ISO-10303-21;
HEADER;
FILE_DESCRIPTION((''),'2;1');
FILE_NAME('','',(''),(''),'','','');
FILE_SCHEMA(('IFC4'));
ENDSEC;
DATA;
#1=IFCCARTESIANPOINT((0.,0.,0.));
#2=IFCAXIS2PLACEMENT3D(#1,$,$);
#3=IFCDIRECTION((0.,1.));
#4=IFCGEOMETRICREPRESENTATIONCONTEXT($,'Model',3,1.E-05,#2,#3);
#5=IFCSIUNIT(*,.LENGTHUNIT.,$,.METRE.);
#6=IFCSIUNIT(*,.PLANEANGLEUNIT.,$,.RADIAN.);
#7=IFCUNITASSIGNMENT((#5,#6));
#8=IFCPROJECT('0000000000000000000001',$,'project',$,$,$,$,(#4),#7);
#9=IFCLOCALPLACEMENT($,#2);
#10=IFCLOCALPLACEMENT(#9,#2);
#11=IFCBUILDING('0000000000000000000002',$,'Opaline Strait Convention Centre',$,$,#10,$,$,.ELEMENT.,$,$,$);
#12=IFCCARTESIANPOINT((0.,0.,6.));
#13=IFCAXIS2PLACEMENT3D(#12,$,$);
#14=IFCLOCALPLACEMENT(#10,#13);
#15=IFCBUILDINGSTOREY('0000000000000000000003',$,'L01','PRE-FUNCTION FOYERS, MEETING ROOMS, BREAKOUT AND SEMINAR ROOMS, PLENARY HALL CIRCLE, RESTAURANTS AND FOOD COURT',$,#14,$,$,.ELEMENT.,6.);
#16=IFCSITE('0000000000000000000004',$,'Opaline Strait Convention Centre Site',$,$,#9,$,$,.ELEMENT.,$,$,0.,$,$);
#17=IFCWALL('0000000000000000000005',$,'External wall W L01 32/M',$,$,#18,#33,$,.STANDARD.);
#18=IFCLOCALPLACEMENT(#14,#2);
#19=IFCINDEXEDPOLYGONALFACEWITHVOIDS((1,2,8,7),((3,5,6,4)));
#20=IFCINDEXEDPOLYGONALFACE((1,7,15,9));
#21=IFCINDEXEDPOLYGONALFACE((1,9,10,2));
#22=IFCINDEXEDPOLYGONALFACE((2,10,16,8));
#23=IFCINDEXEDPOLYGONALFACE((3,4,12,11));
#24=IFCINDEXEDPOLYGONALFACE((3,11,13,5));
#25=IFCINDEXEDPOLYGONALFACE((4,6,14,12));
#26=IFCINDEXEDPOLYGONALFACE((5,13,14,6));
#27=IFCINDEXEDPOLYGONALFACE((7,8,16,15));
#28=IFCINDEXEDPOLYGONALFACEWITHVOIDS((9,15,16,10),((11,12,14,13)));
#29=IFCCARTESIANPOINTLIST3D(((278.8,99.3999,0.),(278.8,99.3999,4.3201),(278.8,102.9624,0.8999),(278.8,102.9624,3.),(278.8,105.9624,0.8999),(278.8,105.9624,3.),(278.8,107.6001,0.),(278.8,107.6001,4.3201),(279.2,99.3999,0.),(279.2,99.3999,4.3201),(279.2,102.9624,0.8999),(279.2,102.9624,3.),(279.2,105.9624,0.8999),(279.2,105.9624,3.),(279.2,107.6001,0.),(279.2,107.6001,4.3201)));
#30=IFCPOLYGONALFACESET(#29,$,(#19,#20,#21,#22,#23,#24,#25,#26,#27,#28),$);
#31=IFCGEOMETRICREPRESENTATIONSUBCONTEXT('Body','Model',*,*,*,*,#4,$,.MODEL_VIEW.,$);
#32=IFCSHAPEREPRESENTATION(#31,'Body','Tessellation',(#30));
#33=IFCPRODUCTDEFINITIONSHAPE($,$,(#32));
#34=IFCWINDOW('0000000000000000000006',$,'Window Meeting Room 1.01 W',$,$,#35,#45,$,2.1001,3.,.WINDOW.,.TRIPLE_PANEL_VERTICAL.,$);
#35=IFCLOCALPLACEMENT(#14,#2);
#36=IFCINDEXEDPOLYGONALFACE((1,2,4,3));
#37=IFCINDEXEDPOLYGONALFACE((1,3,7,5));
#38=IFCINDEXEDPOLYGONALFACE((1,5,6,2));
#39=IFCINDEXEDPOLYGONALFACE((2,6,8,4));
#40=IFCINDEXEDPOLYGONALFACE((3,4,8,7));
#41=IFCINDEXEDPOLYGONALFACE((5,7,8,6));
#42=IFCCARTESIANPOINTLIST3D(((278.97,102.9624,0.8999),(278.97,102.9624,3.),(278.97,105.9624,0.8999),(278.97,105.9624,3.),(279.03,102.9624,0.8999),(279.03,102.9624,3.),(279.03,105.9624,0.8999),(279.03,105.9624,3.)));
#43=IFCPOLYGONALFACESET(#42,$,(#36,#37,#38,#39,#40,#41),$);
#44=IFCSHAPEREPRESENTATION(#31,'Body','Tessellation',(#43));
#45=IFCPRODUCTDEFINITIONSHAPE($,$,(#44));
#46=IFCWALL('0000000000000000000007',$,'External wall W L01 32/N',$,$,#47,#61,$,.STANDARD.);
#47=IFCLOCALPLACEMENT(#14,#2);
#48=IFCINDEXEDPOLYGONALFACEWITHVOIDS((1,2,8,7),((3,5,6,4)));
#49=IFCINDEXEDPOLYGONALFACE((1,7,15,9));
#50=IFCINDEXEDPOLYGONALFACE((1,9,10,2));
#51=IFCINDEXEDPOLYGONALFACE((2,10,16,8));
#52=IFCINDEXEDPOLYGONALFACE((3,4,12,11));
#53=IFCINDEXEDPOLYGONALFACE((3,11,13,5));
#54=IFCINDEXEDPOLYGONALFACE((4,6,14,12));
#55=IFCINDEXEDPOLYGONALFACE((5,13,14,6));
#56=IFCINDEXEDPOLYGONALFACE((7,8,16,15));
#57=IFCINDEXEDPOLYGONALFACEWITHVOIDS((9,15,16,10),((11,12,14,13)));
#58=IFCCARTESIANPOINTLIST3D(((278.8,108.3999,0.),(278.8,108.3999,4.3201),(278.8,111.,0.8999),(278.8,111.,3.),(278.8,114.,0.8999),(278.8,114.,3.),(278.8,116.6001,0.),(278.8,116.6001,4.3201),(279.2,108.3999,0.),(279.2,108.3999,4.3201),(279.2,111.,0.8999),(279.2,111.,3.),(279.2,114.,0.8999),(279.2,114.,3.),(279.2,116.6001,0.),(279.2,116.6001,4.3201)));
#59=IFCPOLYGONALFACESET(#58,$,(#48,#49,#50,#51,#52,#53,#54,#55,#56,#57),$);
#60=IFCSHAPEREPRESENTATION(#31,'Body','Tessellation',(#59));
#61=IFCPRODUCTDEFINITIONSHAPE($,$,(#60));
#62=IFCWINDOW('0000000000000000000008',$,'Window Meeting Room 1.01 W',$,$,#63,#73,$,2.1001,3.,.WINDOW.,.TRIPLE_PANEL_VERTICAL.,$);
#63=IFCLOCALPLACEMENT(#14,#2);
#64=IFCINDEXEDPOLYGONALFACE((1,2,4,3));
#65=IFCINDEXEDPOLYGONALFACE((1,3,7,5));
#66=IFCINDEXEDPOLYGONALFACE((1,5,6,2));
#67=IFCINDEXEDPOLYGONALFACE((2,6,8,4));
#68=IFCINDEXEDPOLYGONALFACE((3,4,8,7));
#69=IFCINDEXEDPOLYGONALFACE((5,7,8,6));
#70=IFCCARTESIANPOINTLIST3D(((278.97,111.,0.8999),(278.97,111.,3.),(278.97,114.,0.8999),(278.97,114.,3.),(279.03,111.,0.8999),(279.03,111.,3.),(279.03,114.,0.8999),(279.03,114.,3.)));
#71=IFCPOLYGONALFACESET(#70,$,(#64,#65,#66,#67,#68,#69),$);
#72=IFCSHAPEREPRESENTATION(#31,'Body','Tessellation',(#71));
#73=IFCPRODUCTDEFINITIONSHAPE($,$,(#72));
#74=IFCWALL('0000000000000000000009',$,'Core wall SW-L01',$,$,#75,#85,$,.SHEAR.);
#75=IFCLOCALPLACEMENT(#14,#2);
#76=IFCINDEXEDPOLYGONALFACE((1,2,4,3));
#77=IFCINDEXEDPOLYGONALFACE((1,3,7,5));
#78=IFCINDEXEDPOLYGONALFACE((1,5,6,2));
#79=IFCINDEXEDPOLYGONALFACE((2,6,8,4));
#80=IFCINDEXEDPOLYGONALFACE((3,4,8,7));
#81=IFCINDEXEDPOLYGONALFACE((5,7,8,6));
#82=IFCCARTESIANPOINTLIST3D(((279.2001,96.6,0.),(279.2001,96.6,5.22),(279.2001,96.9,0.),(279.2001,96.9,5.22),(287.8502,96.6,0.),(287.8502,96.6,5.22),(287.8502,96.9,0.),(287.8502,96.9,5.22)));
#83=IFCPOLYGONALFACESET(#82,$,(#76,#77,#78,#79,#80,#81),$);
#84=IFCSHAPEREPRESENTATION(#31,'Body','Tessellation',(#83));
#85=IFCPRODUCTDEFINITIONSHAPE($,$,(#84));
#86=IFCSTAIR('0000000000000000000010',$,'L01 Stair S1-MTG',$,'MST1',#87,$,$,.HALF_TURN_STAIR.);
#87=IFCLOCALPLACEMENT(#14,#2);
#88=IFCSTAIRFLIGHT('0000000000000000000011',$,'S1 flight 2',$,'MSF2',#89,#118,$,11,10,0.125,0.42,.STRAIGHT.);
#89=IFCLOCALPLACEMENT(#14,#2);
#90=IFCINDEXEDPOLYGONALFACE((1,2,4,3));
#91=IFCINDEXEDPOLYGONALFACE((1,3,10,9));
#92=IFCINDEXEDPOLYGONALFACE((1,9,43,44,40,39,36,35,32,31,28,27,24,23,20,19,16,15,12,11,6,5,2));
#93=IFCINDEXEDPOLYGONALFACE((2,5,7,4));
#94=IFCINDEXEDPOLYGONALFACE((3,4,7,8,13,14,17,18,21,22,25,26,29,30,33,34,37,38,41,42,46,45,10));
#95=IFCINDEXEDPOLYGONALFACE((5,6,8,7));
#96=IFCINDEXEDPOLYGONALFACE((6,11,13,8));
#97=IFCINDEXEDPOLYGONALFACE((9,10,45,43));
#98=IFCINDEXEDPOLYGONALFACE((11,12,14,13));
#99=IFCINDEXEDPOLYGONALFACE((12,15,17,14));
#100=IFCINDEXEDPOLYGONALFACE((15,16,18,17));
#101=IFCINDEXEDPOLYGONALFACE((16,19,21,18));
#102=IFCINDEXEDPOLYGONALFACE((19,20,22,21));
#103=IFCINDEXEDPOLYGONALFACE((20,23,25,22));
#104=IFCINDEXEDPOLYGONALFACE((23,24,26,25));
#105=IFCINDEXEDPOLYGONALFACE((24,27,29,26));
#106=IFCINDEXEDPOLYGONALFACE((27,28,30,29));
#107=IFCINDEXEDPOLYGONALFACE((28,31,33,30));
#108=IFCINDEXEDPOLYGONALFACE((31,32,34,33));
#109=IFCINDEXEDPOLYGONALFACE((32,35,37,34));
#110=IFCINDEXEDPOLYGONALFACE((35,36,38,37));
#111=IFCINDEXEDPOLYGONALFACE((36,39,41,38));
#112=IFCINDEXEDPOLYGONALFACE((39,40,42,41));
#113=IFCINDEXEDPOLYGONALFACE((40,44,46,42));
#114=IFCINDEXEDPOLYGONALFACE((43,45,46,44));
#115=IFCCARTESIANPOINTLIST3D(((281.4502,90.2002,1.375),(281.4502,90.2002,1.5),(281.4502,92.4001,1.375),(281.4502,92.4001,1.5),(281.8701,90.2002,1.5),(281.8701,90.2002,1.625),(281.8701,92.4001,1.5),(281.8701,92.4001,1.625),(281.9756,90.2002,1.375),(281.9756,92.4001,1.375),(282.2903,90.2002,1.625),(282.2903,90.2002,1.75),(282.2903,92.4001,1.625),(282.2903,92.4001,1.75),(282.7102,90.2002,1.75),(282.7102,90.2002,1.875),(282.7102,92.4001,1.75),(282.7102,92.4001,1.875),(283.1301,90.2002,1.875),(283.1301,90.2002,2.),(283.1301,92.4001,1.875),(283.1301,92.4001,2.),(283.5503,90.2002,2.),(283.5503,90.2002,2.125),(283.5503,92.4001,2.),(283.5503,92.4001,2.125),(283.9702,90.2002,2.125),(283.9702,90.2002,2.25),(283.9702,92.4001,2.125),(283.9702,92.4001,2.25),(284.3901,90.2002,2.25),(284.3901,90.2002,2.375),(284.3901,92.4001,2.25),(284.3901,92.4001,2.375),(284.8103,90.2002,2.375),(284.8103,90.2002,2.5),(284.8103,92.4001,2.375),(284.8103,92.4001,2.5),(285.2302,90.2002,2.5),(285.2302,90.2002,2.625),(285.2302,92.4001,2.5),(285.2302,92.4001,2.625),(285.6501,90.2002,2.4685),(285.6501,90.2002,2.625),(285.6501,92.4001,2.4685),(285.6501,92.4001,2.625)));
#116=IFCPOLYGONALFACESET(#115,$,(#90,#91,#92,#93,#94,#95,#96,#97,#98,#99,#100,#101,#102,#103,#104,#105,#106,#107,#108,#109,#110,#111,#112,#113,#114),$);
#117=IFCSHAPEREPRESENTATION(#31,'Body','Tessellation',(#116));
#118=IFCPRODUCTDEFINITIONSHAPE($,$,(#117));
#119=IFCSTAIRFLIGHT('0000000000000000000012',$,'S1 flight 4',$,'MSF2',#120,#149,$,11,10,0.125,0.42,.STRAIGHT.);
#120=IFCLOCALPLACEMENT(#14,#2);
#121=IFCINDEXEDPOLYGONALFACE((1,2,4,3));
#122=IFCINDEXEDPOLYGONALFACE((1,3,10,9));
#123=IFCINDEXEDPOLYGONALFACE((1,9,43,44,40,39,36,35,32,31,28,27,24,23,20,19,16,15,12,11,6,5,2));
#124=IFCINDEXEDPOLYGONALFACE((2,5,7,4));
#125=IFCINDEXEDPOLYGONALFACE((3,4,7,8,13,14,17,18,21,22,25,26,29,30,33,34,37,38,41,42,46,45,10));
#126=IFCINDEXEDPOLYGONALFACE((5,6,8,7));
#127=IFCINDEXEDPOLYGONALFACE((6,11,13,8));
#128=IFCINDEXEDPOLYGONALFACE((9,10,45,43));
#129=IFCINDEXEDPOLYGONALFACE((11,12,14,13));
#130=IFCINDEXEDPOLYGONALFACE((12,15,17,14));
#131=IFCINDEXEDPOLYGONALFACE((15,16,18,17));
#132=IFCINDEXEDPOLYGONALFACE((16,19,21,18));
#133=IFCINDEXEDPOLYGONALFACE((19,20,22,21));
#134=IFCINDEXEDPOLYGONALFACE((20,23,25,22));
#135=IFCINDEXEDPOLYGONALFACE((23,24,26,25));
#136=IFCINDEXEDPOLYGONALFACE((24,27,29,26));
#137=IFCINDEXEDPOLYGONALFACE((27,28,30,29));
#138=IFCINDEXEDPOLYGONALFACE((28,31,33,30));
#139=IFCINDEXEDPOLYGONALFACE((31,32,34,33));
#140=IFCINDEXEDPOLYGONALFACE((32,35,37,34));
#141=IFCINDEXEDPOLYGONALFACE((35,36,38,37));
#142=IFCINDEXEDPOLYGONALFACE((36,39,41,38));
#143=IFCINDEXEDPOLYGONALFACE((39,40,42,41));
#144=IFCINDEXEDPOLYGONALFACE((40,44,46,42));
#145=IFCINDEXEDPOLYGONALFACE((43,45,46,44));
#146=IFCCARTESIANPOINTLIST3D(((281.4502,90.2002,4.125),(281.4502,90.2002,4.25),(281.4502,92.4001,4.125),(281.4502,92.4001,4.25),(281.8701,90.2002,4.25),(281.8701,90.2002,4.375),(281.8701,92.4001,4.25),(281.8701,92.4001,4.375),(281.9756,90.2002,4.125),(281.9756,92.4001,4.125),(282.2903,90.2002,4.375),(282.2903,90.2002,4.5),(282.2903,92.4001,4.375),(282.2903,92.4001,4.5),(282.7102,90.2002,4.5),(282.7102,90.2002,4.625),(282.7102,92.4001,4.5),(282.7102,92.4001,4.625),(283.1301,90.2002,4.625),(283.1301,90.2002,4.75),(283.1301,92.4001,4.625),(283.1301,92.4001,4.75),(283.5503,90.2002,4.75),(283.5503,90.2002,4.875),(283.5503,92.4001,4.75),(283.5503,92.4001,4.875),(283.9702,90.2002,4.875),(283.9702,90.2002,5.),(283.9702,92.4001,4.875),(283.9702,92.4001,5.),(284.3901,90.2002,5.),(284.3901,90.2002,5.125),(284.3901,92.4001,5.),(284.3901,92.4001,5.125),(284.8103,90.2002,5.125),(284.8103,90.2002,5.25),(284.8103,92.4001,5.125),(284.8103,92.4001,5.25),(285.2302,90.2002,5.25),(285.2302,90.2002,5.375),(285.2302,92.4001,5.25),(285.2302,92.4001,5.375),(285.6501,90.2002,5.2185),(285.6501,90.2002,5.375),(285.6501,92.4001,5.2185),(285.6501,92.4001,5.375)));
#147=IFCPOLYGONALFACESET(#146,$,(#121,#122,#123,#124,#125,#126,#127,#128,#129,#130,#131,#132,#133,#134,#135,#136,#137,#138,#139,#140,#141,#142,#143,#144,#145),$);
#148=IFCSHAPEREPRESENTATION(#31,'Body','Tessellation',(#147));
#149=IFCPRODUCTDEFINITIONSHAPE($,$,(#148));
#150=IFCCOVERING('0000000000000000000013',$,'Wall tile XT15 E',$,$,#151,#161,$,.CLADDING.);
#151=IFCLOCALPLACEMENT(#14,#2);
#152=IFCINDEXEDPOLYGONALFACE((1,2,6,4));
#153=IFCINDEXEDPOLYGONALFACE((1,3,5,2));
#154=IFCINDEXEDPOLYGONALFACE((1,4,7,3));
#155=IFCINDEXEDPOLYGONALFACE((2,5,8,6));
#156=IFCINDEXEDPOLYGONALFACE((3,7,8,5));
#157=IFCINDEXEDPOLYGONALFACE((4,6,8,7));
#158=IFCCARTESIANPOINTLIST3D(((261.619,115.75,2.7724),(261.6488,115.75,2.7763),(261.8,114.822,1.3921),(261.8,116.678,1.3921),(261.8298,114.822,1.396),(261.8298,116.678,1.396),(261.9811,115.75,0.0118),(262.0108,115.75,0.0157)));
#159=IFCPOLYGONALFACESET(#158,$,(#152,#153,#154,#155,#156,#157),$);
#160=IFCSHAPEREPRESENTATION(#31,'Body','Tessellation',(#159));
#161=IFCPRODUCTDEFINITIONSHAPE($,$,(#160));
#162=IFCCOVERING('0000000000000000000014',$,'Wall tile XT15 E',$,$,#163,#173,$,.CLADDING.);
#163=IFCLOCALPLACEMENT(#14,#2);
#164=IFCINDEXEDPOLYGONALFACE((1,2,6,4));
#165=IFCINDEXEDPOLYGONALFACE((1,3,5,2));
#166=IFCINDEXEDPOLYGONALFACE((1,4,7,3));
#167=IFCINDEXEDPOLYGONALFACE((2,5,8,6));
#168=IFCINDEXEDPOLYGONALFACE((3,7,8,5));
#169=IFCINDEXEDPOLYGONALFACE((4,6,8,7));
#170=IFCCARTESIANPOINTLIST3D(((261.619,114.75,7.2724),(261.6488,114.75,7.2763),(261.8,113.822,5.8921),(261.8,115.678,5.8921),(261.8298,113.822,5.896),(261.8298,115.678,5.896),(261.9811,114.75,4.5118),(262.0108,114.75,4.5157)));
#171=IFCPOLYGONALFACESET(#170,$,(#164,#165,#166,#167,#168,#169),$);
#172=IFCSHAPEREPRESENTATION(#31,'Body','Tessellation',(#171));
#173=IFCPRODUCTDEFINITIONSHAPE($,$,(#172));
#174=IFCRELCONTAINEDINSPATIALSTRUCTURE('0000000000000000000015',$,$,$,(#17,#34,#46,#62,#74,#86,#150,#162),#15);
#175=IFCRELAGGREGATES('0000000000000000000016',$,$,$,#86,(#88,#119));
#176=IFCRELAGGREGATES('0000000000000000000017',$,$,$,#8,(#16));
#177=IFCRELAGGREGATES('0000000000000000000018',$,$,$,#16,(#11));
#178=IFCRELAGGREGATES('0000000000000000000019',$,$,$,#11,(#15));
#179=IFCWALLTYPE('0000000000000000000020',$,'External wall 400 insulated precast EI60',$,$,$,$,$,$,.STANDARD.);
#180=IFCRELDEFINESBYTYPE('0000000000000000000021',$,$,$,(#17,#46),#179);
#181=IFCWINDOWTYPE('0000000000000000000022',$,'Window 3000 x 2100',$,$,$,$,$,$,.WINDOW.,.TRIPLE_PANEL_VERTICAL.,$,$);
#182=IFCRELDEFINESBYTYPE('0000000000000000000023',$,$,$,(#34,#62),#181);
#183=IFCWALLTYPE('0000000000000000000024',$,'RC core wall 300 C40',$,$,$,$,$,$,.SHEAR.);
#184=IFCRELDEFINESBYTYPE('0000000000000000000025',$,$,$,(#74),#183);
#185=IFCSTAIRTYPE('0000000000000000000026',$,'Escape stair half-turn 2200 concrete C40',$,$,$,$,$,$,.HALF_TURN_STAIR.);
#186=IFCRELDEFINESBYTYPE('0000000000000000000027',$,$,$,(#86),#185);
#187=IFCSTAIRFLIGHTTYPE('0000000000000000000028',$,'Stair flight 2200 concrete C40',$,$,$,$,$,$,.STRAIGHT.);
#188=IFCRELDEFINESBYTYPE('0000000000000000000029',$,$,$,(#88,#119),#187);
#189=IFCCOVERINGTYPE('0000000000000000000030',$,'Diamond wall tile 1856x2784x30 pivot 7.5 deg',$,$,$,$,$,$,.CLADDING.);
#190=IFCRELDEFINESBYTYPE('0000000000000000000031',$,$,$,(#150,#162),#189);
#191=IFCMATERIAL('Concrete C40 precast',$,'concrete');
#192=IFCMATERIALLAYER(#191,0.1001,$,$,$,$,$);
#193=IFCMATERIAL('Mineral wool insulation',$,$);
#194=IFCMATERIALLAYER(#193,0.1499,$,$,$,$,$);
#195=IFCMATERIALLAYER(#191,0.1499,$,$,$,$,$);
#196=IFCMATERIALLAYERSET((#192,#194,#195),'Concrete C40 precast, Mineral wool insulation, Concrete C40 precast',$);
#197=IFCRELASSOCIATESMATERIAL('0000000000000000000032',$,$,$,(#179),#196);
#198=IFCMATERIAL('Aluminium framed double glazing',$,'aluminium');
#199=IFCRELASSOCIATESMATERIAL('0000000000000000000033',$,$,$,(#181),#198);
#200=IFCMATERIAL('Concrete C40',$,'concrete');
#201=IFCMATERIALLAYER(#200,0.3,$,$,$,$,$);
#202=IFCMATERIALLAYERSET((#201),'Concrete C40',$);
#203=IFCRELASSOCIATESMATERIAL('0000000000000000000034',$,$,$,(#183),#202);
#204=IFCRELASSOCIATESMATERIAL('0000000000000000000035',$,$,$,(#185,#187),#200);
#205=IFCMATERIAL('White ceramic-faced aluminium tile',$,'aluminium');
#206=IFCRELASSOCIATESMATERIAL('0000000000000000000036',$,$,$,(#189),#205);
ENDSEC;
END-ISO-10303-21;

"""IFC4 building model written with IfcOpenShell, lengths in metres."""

from ifc_helpers import new_model, si_unit, direction, frame, frame_2d, origin, place, context, subcontext, project, spatial, polyline, rectangle, outline, extrude, material, layer, layer_set, material_profile, profile_set, type_object, element, fill, aggregate, save


model = new_model("IFC4")

# Units and contexts
model_context = context("Model", 3, precision=1e-05, world=origin(), true_north=direction((0.0, 1.0)))
body_context = subcontext(model_context, "Body", "Model", "MODEL_VIEW")
ifc_project = project(units=[si_unit("LENGTHUNIT", "METRE"), si_unit("PLANEANGLEUNIT", "RADIAN")], contexts=[model_context])

# Site, building, storey
site_placement = place(None, origin())
site = spatial("IfcSite", under=ifc_project, at=site_placement, Name="Opaline Strait Convention Centre Site", CompositionType="ELEMENT", RefElevation=0.0)
building_placement = place(site_placement, origin())
building = spatial("IfcBuilding", under=site, at=building_placement, Name="Opaline Strait Convention Centre", CompositionType="ELEMENT")
storey_placement = place(building_placement, frame((0.0, 0.0, 6.0)))
storey = spatial("IfcBuildingStorey", under=building, at=storey_placement, Name="L01", Description="PRE-FUNCTION FOYERS, MEETING ROOMS, BREAKOUT AND SEMINAR ROOMS, PLENARY HALL CIRCLE, RESTAURANTS AND FOOD COURT", CompositionType="ELEMENT", Elevation=6.0)

# Shared definitions
ifc_material_1 = material(Name="Concrete C40", Category="concrete")

# Walls, openings, windows
ifc_material_2 = material(Name="Concrete C40 precast", Category="concrete")
ifc_layer_1 = layer(ifc_material_2, 0.1001)
ifc_material_3 = material(Name="Mineral wool insulation")
ifc_layer_2 = layer(ifc_material_3, 0.1499)
ifc_layer_3 = layer(ifc_material_2, 0.1499)
ifc_layer_set_1 = layer_set([ifc_layer_1, ifc_layer_2, ifc_layer_3], Name="Concrete C40 precast, Mineral wool insulation, Concrete C40 precast")
wall_type_1 = type_object("IfcWallType", Name="External wall 400 insulated precast EI60", PredefinedType="STANDARD", material=ifc_layer_set_1)
ifc_material_4 = material(Name="Aluminium framed double glazing", Category="aluminium")
window_type = type_object("IfcWindowType", Name="Window 3000 x 2100", PartitioningType="TRIPLE_PANEL_VERTICAL", PredefinedType="WINDOW", material=ifc_material_4)
wall_1_placement = place(storey_placement, frame((279.0, 99.3999, 0.0), z_axis=(0.0, 0.0, 1.0), x_axis=(0.0, 1.0, 0.0)))
wall_1 = element("IfcWall", 1, at=wall_1_placement, inside=storey, type_object=wall_type_1, Name="External wall W L01 32/M", PredefinedType="STANDARD", context=body_context, shape_type="SweptSolid", body=[
    extrude(rectangle(XDim=8.2002, YDim=0.3999, at=frame_2d((4.1001, 0.0))), origin(), (0.0, 0.0, 1.0), 4.3201),
])
opening_1_placement = place(wall_1_placement, frame((3.5625, 0.0, 0.8999)))
opening_1 = element("IfcOpeningElement", 2, at=opening_1_placement, cuts=wall_1, PredefinedType="OPENING", context=body_context, shape_type="SweptSolid", body=[
    extrude(rectangle(XDim=3.0, YDim=2.1001, at=frame_2d((1.5, 1.05))), frame((0.0, 0.21, 0.0), z_axis=(0.0, -1.0, 0.0), x_axis=(1.0, 0.0, 0.0)), (0.0, 0.0, 1.0), 0.4199),
])
window_1_placement = place(opening_1_placement, origin())
window_1 = element("IfcWindow", 3, at=window_1_placement, inside=storey, type_object=window_type, Name="Window Meeting Room 1.01 W", OverallHeight=2.1001, OverallWidth=3.0, PartitioningType="TRIPLE_PANEL_VERTICAL", PredefinedType="WINDOW", context=body_context, shape_type="SweptSolid", body=[
    extrude(rectangle(XDim=3.0, YDim=2.1001, at=frame_2d((1.5, 1.05))), frame((0.0, 0.03, 0.0), z_axis=(0.0, -1.0, 0.0), x_axis=(1.0, 0.0, 0.0)), (0.0, 0.0, 1.0), 0.0601),
])
fill(opening_1, window_1)
wall_2_placement = place(storey_placement, frame((279.0, 108.3999, 0.0), z_axis=(0.0, 0.0, 1.0), x_axis=(0.0, 1.0, 0.0)))
wall_2 = element("IfcWall", 4, at=wall_2_placement, inside=storey, type_object=wall_type_1, Name="External wall W L01 32/N", PredefinedType="STANDARD", context=body_context, shape_type="SweptSolid", body=[
    extrude(rectangle(XDim=8.2002, YDim=0.3999, at=frame_2d((4.1001, 0.0))), origin(), (0.0, 0.0, 1.0), 4.3201),
])
opening_2_placement = place(wall_2_placement, frame((2.6001, 0.0, 0.8999)))
opening_2 = element("IfcOpeningElement", 5, at=opening_2_placement, cuts=wall_2, PredefinedType="OPENING", context=body_context, shape_type="SweptSolid", body=[
    extrude(rectangle(XDim=3.0, YDim=2.1001, at=frame_2d((1.5, 1.05))), frame((0.0, 0.21, 0.0), z_axis=(0.0, -1.0, 0.0), x_axis=(1.0, 0.0, 0.0)), (0.0, 0.0, 1.0), 0.4199),
])
window_2_placement = place(opening_2_placement, origin())
window_2 = element("IfcWindow", 6, at=window_2_placement, inside=storey, type_object=window_type, Name="Window Meeting Room 1.01 W", OverallHeight=2.1001, OverallWidth=3.0, PartitioningType="TRIPLE_PANEL_VERTICAL", PredefinedType="WINDOW", context=body_context, shape_type="SweptSolid", body=[
    extrude(rectangle(XDim=3.0, YDim=2.1001, at=frame_2d((1.5, 1.05))), frame((0.0, 0.03, 0.0), z_axis=(0.0, -1.0, 0.0), x_axis=(1.0, 0.0, 0.0)), (0.0, 0.0, 1.0), 0.0601),
])
fill(opening_2, window_2)

# Wall
ifc_layer_4 = layer(ifc_material_1, 0.3)
ifc_layer_set_2 = layer_set([ifc_layer_4], Name="Concrete C40")
wall_type_2 = type_object("IfcWallType", Name="RC core wall 300 C40", PredefinedType="SHEAR", material=ifc_layer_set_2)
wall_3_placement = place(storey_placement, frame((279.2, 96.75, 0.0), z_axis=(0.0, 0.0, 1.0), x_axis=(1.0, 0.0, 0.0)))
element("IfcWall", 7, at=wall_3_placement, inside=storey, type_object=wall_type_2, Name="Core wall SW-L01", PredefinedType="SHEAR", context=body_context, shape_type="SweptSolid", body=[
    extrude(rectangle(XDim=8.6501, YDim=0.3, at=frame_2d((4.3252, 0.0))), origin(), (0.0, 0.0, 1.0), 5.22),
])

# Stair, stair flights
stair_type = type_object("IfcStairType", Name="Escape stair half-turn 2200 concrete C40", PredefinedType="HALF_TURN_STAIR", material=ifc_material_1)
stair_placement = place(storey_placement, origin())
stair = element("IfcStair", 8, at=stair_placement, inside=storey, type_object=stair_type, Name="L01 Stair S1-MTG", ObjectType="MST1", PredefinedType="HALF_TURN_STAIR")
stair_flight_type = type_object("IfcStairFlightType", Name="Stair flight 2200 concrete C40", PredefinedType="STRAIGHT", material=ifc_material_1)
stair_flight_1_placement = place(storey_placement, frame((281.4502, 91.3, 1.375), z_axis=(0.0, 0.0, 1.0), x_axis=(1.0, 0.0, 0.0)))
stair_flight_1 = element("IfcStairFlight", 9, at=stair_flight_1_placement, type_object=stair_flight_type, Name="S1 flight 2", ObjectType="MSF2", NumberOfRisers=11, NumberOfTreads=10, PredefinedType="STRAIGHT", RiserHeight=0.125, TreadLength=0.42, context=body_context, shape_type="SweptSolid", body=[
    extrude(outline(polyline([(0.0, 0.0), (0.0, 0.125), (0.4199, 0.125), (0.4199, 0.25), (0.8401, 0.25), (0.8401, 0.375), (1.26, 0.375), (1.26, 0.5), (1.6799, 0.5), (1.6799, 0.625), (2.1001, 0.625), (2.1001, 0.75), (2.52, 0.75), (2.52, 0.875), (2.9399, 0.875), (2.9399, 1.0), (3.3601, 1.0), (3.3601, 1.125), (3.78, 1.125), (3.78, 1.25), (4.2, 1.25), (4.2, 1.375), (4.2, 1.0935), (0.5254, 0.0), (0.0, 0.0)])), frame((0.0, 1.1001, 0.0), z_axis=(0.0, -1.0, 0.0), x_axis=(1.0, 0.0, 0.0)), (0.0, 0.0, 1.0), 2.2),
])
stair_flight_2_placement = place(storey_placement, frame((281.4502, 91.3, 4.125), z_axis=(0.0, 0.0, 1.0), x_axis=(1.0, 0.0, 0.0)))
stair_flight_2 = element("IfcStairFlight", 10, at=stair_flight_2_placement, type_object=stair_flight_type, Name="S1 flight 4", ObjectType="MSF2", NumberOfRisers=11, NumberOfTreads=10, PredefinedType="STRAIGHT", RiserHeight=0.125, TreadLength=0.42, context=body_context, shape_type="SweptSolid", body=[
    extrude(outline(polyline([(0.0, 0.0), (0.0, 0.125), (0.4199, 0.125), (0.4199, 0.25), (0.8401, 0.25), (0.8401, 0.375), (1.26, 0.375), (1.26, 0.5), (1.6799, 0.5), (1.6799, 0.625), (2.1001, 0.625), (2.1001, 0.75), (2.52, 0.75), (2.52, 0.875), (2.9399, 0.875), (2.9399, 1.0), (3.3601, 1.0), (3.3601, 1.125), (3.78, 1.125), (3.78, 1.25), (4.2, 1.25), (4.2, 1.375), (4.2, 1.0935), (0.5254, 0.0), (0.0, 0.0)])), frame((0.0, 1.1001, 0.0), z_axis=(0.0, -1.0, 0.0), x_axis=(1.0, 0.0, 0.0)), (0.0, 0.0, 1.0), 2.2),
])
aggregate(stair, [stair_flight_1, stair_flight_2])

# Coverings
ifc_material_5 = material(Name="White ceramic-faced aluminium tile", Category="aluminium")
ifc_material_profile_1 = material_profile(ifc_material_5, outline(polyline([(0.928, 0.0), (0.0, 1.3921), (-0.928, 0.0), (0.0, -1.3921), (0.928, 0.0)])), Name="Diamond tile 1856x2784")
ifc_profile_set_1 = profile_set([ifc_material_profile_1], Name="White ceramic-faced aluminium tile")
covering_type = type_object("IfcCoveringType", Name="Diamond wall tile 1856x2784x30 pivot 7.5 deg", PredefinedType="CLADDING", material=ifc_profile_set_1)
for number, where, z_axis, x_axis, name in (
    (11, (261.8, 115.75, 1.3921), (0.99151, 0.0, 0.130034), (0.0, 1.0, 0.0), "Wall tile XT15 E"),
    (12, (261.8, 114.75, 5.8921), (0.99151, 0.0, 0.130034), (0.0, 1.0, 0.0), "Wall tile XT15 E"),
):
    element("IfcCovering", number, at=place(storey_placement, frame(where, z_axis=z_axis, x_axis=x_axis)), inside=storey, type_object=covering_type, Name=name, PredefinedType="CLADDING", context=body_context, shape_type="SweptSolid", body=[
        extrude(outline(polyline([(0.928, 0.0), (0.0, 1.3921), (-0.928, 0.0), (0.0, -1.3921), (0.928, 0.0)])), origin(), (0.0, 0.0, 1.0), 0.03),
    ])

save(model, "model.ifc")
